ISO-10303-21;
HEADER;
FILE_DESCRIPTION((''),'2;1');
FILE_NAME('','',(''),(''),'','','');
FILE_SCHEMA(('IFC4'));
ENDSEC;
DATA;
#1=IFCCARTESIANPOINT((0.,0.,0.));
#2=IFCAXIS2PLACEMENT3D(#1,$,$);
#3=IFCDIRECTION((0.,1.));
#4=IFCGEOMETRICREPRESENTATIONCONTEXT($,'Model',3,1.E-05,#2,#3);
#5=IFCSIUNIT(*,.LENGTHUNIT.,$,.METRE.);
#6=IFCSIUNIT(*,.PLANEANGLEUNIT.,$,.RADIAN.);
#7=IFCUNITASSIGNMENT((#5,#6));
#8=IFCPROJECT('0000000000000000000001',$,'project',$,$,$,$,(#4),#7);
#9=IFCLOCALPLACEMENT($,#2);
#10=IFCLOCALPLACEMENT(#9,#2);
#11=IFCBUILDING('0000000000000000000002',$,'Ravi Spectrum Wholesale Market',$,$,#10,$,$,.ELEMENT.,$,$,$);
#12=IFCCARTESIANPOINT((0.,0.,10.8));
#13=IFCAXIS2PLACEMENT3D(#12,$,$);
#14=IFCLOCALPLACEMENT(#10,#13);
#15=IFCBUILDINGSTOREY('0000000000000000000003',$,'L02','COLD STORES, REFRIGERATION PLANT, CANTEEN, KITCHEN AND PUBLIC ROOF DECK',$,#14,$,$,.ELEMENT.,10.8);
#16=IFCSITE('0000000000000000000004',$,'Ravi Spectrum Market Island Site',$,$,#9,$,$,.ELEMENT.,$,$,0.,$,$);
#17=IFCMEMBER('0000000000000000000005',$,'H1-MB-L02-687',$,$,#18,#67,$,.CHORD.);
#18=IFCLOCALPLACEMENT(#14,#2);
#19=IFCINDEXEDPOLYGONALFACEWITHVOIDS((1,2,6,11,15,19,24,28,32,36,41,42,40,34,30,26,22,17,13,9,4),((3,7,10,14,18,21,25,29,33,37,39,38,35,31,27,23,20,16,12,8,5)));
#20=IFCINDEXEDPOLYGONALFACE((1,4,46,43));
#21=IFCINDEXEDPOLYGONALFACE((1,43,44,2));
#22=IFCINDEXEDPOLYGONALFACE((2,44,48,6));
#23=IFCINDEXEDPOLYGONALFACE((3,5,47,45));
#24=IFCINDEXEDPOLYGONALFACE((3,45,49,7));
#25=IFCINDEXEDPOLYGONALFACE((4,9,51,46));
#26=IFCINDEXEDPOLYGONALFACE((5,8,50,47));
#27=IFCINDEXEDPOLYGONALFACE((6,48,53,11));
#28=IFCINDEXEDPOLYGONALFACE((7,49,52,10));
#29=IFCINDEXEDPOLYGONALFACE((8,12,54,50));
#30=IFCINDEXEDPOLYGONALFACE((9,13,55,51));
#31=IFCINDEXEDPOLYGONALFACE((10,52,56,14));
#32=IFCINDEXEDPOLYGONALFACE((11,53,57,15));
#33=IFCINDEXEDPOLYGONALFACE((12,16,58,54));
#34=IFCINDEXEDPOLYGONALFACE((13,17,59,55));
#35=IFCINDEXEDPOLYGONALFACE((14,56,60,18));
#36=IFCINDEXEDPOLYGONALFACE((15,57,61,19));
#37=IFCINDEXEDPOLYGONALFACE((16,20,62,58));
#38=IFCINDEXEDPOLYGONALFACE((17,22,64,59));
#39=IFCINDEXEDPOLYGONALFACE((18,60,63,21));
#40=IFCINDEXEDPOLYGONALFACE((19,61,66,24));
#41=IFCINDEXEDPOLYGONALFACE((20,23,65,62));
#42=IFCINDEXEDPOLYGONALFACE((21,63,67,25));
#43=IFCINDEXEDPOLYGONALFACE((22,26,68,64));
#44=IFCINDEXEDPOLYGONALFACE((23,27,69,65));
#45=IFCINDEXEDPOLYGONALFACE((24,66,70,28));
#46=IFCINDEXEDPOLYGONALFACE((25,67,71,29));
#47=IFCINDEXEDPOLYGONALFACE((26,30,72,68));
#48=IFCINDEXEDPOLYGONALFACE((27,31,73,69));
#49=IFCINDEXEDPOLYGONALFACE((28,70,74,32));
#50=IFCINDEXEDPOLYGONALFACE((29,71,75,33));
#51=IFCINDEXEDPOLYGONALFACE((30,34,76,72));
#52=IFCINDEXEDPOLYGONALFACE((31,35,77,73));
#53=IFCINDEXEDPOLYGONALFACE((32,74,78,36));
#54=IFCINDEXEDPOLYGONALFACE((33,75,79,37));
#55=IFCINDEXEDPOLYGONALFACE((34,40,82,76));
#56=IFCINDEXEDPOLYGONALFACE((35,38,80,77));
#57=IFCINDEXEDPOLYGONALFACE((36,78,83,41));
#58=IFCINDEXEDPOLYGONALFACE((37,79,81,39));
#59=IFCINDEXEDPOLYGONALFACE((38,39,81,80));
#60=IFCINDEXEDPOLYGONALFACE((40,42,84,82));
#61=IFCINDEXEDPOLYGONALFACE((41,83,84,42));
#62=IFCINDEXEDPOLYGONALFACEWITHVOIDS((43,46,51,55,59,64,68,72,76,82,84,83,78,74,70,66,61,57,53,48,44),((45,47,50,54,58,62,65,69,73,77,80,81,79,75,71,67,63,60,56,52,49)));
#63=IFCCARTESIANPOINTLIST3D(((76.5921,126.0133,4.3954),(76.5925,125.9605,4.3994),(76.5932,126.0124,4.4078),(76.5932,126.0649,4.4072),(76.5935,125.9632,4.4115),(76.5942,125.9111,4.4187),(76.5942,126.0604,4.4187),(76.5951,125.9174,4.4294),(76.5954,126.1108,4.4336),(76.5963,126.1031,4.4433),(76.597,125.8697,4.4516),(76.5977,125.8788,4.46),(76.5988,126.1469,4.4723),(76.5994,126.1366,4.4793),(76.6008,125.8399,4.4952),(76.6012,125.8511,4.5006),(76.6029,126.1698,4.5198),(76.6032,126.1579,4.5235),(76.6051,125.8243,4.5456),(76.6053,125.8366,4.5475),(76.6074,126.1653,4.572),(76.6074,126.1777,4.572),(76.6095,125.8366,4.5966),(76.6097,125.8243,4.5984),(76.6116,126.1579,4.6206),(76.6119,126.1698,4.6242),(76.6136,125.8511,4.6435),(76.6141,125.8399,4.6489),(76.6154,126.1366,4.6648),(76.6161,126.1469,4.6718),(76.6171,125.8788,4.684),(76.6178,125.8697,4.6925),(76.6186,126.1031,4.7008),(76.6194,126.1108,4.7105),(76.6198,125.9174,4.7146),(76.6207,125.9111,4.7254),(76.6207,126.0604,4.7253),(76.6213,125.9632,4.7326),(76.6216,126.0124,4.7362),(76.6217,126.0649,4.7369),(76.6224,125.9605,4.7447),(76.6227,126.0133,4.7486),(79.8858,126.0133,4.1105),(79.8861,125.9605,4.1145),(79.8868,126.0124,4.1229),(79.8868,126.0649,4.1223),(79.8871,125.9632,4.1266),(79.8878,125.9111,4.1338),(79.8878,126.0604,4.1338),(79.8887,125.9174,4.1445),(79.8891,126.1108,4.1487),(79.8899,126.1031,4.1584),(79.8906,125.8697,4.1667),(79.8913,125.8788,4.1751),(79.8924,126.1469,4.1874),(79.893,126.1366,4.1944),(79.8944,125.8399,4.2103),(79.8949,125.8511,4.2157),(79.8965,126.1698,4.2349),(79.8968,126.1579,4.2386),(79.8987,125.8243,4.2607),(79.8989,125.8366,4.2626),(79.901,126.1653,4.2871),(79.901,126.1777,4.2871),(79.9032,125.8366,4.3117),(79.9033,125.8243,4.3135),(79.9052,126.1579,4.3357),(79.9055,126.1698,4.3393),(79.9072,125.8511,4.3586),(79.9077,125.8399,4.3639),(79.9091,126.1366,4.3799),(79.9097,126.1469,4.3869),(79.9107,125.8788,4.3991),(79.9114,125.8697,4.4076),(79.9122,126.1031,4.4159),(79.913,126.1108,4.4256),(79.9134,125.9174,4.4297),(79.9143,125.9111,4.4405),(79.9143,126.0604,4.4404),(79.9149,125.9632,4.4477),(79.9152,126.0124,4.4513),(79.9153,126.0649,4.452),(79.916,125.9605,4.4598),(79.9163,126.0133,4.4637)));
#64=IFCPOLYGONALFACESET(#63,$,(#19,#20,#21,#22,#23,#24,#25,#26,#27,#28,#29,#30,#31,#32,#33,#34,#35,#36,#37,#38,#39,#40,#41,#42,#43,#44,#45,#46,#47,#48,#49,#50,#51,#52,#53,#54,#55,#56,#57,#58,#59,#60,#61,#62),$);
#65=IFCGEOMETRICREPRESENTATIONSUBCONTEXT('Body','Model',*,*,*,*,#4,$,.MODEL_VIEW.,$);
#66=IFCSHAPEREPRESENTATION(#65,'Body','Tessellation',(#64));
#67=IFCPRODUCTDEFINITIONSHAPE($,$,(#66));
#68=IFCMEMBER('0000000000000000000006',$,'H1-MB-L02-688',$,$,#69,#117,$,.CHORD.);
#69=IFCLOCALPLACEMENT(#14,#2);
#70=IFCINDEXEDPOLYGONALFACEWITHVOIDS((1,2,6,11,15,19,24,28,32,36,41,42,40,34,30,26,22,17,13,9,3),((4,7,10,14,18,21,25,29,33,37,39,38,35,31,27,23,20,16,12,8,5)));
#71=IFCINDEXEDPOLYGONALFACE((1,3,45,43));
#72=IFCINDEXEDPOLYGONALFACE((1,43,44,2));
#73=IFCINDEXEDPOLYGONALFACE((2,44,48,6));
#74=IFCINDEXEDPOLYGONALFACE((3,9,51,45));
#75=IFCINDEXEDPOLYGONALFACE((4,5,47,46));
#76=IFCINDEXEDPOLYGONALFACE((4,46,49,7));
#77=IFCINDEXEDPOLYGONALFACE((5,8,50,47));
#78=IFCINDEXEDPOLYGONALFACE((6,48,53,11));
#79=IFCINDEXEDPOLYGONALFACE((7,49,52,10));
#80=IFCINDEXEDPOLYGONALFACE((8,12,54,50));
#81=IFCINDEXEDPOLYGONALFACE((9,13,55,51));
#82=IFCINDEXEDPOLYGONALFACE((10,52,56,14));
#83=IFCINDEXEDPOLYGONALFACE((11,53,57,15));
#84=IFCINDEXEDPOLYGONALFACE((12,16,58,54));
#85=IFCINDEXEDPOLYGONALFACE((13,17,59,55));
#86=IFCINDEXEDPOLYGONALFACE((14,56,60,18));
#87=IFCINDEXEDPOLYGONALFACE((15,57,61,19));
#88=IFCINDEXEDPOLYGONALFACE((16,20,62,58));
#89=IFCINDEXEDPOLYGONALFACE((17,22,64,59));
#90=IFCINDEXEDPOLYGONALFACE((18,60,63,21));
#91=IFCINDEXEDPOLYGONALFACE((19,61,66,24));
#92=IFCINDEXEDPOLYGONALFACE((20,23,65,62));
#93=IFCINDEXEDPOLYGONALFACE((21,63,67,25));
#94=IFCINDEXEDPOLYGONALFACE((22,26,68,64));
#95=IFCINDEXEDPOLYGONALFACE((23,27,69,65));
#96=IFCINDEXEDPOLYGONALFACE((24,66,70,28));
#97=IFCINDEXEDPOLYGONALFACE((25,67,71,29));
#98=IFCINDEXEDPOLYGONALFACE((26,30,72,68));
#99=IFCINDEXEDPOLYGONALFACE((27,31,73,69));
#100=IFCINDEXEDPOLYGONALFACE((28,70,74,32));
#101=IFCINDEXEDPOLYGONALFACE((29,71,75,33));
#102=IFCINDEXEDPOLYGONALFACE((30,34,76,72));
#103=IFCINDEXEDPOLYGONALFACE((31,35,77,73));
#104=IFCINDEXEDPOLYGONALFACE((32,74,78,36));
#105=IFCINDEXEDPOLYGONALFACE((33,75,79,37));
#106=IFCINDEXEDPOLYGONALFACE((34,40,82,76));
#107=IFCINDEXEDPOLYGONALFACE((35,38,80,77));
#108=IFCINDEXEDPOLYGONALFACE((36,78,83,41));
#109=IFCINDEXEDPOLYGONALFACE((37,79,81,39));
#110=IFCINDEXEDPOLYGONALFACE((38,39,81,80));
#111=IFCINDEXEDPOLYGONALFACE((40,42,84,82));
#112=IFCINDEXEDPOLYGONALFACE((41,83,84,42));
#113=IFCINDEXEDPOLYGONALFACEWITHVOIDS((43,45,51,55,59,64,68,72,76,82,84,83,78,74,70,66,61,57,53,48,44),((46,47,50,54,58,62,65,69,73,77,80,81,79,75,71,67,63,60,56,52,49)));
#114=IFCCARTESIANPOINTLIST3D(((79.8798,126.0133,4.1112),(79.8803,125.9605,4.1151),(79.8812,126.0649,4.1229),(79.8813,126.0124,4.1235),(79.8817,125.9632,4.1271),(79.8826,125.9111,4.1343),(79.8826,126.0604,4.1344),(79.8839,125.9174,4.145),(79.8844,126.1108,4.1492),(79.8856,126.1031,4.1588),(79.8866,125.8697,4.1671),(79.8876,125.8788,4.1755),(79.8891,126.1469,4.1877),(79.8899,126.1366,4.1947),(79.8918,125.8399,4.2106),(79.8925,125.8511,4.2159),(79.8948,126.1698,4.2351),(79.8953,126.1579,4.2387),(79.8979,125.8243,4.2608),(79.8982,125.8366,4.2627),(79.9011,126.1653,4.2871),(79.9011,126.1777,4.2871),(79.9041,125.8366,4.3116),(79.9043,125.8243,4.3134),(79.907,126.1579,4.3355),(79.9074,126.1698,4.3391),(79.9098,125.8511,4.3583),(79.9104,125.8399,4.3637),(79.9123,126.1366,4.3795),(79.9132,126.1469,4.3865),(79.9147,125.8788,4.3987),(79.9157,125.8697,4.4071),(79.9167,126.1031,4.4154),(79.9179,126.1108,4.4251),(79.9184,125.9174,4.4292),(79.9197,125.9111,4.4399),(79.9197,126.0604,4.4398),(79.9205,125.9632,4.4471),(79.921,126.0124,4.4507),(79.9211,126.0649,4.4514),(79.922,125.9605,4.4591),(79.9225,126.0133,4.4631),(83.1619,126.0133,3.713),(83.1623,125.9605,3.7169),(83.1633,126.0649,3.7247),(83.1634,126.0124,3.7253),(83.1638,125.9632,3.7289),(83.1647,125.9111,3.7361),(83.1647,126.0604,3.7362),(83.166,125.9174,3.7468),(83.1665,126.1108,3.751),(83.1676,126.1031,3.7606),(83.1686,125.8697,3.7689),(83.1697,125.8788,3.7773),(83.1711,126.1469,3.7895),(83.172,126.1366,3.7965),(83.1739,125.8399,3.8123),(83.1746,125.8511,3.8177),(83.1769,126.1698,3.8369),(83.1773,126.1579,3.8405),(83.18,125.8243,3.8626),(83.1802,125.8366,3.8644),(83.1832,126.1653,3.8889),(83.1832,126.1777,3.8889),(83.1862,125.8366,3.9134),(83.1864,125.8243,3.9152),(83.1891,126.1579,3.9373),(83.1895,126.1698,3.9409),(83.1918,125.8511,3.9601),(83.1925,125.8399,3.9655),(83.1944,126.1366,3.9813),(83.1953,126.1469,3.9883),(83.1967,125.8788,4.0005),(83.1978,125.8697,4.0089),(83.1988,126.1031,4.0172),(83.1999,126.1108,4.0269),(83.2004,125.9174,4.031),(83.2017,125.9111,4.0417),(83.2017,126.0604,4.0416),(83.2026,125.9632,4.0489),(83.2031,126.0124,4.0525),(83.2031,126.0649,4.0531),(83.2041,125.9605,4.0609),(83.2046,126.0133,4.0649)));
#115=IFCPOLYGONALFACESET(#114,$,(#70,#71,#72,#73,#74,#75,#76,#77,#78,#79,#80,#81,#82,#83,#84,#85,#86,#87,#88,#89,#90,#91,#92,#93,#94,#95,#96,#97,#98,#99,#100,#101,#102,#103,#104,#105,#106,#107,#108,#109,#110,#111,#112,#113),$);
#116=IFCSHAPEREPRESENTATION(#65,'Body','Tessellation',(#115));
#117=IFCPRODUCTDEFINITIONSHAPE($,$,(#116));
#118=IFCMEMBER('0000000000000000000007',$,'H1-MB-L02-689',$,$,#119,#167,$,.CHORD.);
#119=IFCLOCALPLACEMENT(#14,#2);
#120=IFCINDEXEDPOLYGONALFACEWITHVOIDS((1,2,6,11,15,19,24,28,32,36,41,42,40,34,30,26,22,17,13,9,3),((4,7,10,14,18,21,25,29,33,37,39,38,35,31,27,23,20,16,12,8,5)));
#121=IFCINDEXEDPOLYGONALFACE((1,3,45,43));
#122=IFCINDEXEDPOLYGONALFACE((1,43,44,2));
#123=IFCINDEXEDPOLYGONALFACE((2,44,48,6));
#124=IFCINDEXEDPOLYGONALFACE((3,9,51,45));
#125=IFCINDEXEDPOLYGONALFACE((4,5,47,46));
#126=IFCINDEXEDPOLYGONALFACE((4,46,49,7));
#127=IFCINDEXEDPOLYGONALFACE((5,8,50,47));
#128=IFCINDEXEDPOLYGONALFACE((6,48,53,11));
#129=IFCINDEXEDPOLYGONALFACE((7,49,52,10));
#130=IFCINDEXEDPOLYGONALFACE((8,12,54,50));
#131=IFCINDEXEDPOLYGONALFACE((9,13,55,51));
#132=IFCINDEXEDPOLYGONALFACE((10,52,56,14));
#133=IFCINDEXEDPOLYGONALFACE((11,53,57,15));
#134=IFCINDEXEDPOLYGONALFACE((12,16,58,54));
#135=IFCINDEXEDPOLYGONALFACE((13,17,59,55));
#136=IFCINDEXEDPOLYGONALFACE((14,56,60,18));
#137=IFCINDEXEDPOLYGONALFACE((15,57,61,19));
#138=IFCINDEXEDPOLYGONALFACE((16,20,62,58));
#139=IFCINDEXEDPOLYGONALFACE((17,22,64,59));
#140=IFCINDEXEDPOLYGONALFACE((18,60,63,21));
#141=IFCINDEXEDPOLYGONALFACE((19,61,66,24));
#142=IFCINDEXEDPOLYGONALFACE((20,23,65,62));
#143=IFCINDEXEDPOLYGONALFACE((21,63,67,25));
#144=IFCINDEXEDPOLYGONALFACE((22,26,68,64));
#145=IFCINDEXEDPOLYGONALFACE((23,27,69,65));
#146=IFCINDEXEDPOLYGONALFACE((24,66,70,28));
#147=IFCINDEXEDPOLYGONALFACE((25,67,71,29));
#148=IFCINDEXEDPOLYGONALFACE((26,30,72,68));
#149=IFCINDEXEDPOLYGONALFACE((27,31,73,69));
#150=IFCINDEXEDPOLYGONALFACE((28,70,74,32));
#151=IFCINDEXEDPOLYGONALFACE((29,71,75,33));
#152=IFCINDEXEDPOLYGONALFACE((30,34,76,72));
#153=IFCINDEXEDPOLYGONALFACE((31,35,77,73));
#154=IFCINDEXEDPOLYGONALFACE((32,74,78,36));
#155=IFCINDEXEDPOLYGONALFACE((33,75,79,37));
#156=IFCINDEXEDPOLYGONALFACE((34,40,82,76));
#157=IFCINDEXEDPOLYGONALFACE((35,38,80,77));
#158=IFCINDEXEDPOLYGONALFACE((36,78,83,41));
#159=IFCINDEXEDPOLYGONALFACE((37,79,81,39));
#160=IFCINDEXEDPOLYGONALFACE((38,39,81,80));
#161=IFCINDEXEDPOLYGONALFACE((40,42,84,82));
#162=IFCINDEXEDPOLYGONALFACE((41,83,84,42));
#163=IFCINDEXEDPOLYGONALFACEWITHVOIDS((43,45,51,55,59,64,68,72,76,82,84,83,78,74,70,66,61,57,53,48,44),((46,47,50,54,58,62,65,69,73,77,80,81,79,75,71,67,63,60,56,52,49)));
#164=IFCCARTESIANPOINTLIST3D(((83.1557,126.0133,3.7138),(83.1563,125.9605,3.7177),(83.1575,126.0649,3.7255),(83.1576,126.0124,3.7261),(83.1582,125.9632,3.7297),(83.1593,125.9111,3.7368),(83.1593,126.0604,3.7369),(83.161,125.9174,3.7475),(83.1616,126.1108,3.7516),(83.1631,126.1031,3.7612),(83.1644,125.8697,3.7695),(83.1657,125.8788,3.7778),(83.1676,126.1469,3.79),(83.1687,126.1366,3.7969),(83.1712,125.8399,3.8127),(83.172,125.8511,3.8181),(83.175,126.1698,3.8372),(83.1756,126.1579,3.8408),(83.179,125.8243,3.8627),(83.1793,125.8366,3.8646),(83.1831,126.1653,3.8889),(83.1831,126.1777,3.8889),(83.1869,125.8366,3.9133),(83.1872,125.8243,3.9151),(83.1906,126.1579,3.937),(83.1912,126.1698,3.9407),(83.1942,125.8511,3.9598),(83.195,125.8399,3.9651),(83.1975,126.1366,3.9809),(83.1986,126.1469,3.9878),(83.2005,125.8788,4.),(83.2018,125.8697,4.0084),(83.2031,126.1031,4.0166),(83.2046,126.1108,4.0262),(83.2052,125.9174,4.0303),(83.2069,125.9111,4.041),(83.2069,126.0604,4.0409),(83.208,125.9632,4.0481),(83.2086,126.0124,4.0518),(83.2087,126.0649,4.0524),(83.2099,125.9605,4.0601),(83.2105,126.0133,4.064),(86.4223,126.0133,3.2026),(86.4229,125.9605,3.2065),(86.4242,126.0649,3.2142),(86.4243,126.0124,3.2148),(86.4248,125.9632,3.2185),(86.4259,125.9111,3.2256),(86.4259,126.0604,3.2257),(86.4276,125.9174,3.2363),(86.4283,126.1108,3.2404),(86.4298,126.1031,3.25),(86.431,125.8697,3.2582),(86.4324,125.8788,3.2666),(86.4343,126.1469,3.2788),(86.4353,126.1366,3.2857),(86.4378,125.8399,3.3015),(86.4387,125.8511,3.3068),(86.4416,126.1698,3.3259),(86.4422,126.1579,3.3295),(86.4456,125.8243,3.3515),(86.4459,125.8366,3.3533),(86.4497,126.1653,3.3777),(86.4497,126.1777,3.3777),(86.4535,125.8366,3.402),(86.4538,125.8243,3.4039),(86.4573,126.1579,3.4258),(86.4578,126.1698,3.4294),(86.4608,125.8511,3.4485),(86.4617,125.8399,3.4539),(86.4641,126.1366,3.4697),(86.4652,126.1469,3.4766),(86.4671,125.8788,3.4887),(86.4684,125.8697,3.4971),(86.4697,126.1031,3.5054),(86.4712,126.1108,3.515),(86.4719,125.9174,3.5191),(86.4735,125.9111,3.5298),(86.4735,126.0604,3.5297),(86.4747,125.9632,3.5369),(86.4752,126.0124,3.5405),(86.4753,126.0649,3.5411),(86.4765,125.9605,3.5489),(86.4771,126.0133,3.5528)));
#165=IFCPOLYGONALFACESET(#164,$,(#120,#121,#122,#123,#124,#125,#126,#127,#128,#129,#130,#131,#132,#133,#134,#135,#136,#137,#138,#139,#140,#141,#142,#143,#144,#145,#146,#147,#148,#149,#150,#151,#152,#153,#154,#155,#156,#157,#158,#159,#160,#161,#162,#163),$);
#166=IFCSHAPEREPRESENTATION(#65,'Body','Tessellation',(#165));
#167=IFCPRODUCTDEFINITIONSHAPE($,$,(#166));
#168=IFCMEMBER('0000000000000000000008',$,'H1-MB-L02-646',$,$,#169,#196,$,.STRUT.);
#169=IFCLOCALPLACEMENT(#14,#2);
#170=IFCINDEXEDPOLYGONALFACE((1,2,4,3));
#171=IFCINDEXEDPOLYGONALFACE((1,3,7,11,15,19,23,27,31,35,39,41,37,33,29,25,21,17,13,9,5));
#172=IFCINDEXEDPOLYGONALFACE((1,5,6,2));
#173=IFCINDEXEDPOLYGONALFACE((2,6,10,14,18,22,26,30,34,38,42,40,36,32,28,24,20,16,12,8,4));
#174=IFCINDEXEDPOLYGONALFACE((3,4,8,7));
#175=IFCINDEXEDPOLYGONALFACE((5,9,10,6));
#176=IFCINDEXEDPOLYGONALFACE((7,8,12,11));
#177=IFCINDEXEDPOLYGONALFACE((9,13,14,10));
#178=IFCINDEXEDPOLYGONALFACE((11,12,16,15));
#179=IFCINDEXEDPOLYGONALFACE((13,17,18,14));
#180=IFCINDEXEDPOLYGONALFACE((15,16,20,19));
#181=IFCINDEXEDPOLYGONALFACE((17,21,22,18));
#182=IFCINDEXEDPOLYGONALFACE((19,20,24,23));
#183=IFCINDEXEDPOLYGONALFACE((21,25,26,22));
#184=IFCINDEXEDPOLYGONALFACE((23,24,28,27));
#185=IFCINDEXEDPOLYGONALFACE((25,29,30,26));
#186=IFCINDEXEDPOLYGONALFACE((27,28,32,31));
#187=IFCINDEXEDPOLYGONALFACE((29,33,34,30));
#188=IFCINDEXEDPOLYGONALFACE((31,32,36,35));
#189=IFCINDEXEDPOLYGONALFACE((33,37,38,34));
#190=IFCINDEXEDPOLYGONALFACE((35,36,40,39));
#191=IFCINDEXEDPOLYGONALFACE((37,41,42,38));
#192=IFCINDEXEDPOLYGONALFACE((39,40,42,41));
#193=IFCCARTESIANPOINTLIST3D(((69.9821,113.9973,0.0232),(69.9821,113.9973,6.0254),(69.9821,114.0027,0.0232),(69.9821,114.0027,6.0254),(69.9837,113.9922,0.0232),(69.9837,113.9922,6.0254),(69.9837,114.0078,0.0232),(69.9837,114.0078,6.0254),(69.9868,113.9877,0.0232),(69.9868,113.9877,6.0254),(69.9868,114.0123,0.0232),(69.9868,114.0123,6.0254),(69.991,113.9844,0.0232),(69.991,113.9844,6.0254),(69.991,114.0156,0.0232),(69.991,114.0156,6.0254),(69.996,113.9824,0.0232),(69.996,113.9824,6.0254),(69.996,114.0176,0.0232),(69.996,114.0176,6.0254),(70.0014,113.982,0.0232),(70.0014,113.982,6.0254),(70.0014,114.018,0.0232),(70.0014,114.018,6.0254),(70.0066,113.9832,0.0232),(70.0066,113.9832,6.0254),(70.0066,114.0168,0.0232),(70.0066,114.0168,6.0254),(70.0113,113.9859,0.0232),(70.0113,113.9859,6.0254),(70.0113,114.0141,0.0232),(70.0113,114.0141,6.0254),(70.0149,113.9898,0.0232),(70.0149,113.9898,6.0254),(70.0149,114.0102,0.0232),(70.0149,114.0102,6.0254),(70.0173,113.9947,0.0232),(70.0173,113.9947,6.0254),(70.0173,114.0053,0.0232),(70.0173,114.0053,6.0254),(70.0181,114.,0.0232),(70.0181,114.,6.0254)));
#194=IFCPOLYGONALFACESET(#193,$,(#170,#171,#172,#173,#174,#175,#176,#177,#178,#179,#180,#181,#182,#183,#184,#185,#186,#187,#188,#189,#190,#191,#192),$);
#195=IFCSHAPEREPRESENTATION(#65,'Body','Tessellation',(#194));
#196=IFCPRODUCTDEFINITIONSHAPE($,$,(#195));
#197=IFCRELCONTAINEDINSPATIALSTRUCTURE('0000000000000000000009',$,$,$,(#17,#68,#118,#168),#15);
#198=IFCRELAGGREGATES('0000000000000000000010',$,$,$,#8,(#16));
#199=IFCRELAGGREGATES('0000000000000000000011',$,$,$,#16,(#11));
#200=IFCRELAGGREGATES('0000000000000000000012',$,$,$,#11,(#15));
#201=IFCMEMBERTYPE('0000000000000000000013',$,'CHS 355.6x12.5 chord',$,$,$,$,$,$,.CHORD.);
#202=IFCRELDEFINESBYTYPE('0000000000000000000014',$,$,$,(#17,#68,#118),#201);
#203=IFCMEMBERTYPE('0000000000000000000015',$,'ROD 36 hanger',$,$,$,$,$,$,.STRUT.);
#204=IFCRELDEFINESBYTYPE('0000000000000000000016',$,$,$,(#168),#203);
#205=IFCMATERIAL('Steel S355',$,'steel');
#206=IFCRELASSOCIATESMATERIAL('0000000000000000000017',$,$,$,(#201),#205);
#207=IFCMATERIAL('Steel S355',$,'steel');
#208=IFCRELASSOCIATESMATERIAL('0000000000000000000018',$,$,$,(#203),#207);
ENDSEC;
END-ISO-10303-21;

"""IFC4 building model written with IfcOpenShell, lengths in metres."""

from ifc_helpers import new_model, si_unit, direction, frame, origin, origin_2d, place, context, subcontext, project, spatial, circle, hollow_circle, extrude, material, material_profile, profile_set, type_object, element, save


model = new_model("IFC4")

# Units and contexts
model_context = context("Model", 3, precision=1e-05, world=origin(), true_north=direction((0.0, 1.0)))
body_context = subcontext(model_context, "Body", "Model", "MODEL_VIEW")
ifc_project = project(units=[si_unit("LENGTHUNIT", "METRE"), si_unit("PLANEANGLEUNIT", "RADIAN")], contexts=[model_context])

# Site, building, storey
site_placement = place(None, origin())
site = spatial("IfcSite", under=ifc_project, at=site_placement, Name="Ravi Spectrum Market Island Site", CompositionType="ELEMENT", RefElevation=0.0)
building_placement = place(site_placement, origin())
building = spatial("IfcBuilding", under=site, at=building_placement, Name="Ravi Spectrum Wholesale Market", CompositionType="ELEMENT")
storey_placement = place(building_placement, frame((0.0, 0.0, 10.8)))
storey = spatial("IfcBuildingStorey", under=building, at=storey_placement, Name="L02", Description="COLD STORES, REFRIGERATION PLANT, CANTEEN, KITCHEN AND PUBLIC ROOF DECK", CompositionType="ELEMENT", Elevation=10.8)

# Members
ifc_material_1 = material(Name="Steel S355", Category="steel")
ifc_material_profile_1 = material_profile(ifc_material_1, hollow_circle(Radius=0.1777, WallThickness=0.0125, at=origin_2d()))
ifc_profile_set_1 = profile_set([ifc_material_profile_1], Name="Steel S355")
member_type_1 = type_object("IfcMemberType", Name="CHS 355.6x12.5 chord", PredefinedType="CHORD", material=ifc_profile_set_1)
member_1_placement = place(storey_placement, frame((76.6074, 126.0, 4.572), z_axis=(0.99628, 0.0, -0.08618), x_axis=(0.0, 1.0, 0.0)))
element("IfcMember", 1, at=member_1_placement, inside=storey, type_object=member_type_1, Name="H1-MB-L02-687", PredefinedType="CHORD", context=body_context, shape_type="SweptSolid", body=[
    extrude(hollow_circle(Radius=0.1777, WallThickness=0.0125, at=origin_2d()), origin(), (0.0, 0.0, 1.0), 3.3059),
])
member_2_placement = place(storey_placement, frame((79.9011, 126.0, 4.2871), z_axis=(0.99272, 0.0, -0.120444), x_axis=(0.0, 1.0, 0.0)))
element("IfcMember", 2, at=member_2_placement, inside=storey, type_object=member_type_1, Name="H1-MB-L02-688", PredefinedType="CHORD", context=body_context, shape_type="SweptSolid", body=[
    extrude(hollow_circle(Radius=0.1777, WallThickness=0.0125, at=origin_2d()), origin(), (0.0, 0.0, 1.0), 3.3062),
])
member_3_placement = place(storey_placement, frame((83.1831, 126.0, 3.8889), z_axis=(0.987974, 0.0, -0.15462), x_axis=(0.0, 1.0, 0.0)))
element("IfcMember", 3, at=member_3_placement, inside=storey, type_object=member_type_1, Name="H1-MB-L02-689", PredefinedType="CHORD", context=body_context, shape_type="SweptSolid", body=[
    extrude(hollow_circle(Radius=0.1777, WallThickness=0.0125, at=origin_2d()), origin(), (0.0, 0.0, 1.0), 3.3064),
])
ifc_material_2 = material(Name="Steel S355", Category="steel")
ifc_material_profile_2 = material_profile(ifc_material_2, circle(Radius=0.0181, at=origin_2d()))
ifc_profile_set_2 = profile_set([ifc_material_profile_2], Name="Steel S355")
member_type_2 = type_object("IfcMemberType", Name="ROD 36 hanger", PredefinedType="STRUT", material=ifc_profile_set_2)
member_4_placement = place(storey_placement, frame((70.0, 114.0, 0.0232), z_axis=(0.0, 0.0, 1.0), x_axis=(1.0, 0.0, 0.0)))
element("IfcMember", 4, at=member_4_placement, inside=storey, type_object=member_type_2, Name="H1-MB-L02-646", PredefinedType="STRUT", context=body_context, shape_type="SweptSolid", body=[
    extrude(circle(Radius=0.0181, at=origin_2d()), origin(), (0.0, 0.0, 1.0), 6.0022),
])

save(model, "model.ifc")
